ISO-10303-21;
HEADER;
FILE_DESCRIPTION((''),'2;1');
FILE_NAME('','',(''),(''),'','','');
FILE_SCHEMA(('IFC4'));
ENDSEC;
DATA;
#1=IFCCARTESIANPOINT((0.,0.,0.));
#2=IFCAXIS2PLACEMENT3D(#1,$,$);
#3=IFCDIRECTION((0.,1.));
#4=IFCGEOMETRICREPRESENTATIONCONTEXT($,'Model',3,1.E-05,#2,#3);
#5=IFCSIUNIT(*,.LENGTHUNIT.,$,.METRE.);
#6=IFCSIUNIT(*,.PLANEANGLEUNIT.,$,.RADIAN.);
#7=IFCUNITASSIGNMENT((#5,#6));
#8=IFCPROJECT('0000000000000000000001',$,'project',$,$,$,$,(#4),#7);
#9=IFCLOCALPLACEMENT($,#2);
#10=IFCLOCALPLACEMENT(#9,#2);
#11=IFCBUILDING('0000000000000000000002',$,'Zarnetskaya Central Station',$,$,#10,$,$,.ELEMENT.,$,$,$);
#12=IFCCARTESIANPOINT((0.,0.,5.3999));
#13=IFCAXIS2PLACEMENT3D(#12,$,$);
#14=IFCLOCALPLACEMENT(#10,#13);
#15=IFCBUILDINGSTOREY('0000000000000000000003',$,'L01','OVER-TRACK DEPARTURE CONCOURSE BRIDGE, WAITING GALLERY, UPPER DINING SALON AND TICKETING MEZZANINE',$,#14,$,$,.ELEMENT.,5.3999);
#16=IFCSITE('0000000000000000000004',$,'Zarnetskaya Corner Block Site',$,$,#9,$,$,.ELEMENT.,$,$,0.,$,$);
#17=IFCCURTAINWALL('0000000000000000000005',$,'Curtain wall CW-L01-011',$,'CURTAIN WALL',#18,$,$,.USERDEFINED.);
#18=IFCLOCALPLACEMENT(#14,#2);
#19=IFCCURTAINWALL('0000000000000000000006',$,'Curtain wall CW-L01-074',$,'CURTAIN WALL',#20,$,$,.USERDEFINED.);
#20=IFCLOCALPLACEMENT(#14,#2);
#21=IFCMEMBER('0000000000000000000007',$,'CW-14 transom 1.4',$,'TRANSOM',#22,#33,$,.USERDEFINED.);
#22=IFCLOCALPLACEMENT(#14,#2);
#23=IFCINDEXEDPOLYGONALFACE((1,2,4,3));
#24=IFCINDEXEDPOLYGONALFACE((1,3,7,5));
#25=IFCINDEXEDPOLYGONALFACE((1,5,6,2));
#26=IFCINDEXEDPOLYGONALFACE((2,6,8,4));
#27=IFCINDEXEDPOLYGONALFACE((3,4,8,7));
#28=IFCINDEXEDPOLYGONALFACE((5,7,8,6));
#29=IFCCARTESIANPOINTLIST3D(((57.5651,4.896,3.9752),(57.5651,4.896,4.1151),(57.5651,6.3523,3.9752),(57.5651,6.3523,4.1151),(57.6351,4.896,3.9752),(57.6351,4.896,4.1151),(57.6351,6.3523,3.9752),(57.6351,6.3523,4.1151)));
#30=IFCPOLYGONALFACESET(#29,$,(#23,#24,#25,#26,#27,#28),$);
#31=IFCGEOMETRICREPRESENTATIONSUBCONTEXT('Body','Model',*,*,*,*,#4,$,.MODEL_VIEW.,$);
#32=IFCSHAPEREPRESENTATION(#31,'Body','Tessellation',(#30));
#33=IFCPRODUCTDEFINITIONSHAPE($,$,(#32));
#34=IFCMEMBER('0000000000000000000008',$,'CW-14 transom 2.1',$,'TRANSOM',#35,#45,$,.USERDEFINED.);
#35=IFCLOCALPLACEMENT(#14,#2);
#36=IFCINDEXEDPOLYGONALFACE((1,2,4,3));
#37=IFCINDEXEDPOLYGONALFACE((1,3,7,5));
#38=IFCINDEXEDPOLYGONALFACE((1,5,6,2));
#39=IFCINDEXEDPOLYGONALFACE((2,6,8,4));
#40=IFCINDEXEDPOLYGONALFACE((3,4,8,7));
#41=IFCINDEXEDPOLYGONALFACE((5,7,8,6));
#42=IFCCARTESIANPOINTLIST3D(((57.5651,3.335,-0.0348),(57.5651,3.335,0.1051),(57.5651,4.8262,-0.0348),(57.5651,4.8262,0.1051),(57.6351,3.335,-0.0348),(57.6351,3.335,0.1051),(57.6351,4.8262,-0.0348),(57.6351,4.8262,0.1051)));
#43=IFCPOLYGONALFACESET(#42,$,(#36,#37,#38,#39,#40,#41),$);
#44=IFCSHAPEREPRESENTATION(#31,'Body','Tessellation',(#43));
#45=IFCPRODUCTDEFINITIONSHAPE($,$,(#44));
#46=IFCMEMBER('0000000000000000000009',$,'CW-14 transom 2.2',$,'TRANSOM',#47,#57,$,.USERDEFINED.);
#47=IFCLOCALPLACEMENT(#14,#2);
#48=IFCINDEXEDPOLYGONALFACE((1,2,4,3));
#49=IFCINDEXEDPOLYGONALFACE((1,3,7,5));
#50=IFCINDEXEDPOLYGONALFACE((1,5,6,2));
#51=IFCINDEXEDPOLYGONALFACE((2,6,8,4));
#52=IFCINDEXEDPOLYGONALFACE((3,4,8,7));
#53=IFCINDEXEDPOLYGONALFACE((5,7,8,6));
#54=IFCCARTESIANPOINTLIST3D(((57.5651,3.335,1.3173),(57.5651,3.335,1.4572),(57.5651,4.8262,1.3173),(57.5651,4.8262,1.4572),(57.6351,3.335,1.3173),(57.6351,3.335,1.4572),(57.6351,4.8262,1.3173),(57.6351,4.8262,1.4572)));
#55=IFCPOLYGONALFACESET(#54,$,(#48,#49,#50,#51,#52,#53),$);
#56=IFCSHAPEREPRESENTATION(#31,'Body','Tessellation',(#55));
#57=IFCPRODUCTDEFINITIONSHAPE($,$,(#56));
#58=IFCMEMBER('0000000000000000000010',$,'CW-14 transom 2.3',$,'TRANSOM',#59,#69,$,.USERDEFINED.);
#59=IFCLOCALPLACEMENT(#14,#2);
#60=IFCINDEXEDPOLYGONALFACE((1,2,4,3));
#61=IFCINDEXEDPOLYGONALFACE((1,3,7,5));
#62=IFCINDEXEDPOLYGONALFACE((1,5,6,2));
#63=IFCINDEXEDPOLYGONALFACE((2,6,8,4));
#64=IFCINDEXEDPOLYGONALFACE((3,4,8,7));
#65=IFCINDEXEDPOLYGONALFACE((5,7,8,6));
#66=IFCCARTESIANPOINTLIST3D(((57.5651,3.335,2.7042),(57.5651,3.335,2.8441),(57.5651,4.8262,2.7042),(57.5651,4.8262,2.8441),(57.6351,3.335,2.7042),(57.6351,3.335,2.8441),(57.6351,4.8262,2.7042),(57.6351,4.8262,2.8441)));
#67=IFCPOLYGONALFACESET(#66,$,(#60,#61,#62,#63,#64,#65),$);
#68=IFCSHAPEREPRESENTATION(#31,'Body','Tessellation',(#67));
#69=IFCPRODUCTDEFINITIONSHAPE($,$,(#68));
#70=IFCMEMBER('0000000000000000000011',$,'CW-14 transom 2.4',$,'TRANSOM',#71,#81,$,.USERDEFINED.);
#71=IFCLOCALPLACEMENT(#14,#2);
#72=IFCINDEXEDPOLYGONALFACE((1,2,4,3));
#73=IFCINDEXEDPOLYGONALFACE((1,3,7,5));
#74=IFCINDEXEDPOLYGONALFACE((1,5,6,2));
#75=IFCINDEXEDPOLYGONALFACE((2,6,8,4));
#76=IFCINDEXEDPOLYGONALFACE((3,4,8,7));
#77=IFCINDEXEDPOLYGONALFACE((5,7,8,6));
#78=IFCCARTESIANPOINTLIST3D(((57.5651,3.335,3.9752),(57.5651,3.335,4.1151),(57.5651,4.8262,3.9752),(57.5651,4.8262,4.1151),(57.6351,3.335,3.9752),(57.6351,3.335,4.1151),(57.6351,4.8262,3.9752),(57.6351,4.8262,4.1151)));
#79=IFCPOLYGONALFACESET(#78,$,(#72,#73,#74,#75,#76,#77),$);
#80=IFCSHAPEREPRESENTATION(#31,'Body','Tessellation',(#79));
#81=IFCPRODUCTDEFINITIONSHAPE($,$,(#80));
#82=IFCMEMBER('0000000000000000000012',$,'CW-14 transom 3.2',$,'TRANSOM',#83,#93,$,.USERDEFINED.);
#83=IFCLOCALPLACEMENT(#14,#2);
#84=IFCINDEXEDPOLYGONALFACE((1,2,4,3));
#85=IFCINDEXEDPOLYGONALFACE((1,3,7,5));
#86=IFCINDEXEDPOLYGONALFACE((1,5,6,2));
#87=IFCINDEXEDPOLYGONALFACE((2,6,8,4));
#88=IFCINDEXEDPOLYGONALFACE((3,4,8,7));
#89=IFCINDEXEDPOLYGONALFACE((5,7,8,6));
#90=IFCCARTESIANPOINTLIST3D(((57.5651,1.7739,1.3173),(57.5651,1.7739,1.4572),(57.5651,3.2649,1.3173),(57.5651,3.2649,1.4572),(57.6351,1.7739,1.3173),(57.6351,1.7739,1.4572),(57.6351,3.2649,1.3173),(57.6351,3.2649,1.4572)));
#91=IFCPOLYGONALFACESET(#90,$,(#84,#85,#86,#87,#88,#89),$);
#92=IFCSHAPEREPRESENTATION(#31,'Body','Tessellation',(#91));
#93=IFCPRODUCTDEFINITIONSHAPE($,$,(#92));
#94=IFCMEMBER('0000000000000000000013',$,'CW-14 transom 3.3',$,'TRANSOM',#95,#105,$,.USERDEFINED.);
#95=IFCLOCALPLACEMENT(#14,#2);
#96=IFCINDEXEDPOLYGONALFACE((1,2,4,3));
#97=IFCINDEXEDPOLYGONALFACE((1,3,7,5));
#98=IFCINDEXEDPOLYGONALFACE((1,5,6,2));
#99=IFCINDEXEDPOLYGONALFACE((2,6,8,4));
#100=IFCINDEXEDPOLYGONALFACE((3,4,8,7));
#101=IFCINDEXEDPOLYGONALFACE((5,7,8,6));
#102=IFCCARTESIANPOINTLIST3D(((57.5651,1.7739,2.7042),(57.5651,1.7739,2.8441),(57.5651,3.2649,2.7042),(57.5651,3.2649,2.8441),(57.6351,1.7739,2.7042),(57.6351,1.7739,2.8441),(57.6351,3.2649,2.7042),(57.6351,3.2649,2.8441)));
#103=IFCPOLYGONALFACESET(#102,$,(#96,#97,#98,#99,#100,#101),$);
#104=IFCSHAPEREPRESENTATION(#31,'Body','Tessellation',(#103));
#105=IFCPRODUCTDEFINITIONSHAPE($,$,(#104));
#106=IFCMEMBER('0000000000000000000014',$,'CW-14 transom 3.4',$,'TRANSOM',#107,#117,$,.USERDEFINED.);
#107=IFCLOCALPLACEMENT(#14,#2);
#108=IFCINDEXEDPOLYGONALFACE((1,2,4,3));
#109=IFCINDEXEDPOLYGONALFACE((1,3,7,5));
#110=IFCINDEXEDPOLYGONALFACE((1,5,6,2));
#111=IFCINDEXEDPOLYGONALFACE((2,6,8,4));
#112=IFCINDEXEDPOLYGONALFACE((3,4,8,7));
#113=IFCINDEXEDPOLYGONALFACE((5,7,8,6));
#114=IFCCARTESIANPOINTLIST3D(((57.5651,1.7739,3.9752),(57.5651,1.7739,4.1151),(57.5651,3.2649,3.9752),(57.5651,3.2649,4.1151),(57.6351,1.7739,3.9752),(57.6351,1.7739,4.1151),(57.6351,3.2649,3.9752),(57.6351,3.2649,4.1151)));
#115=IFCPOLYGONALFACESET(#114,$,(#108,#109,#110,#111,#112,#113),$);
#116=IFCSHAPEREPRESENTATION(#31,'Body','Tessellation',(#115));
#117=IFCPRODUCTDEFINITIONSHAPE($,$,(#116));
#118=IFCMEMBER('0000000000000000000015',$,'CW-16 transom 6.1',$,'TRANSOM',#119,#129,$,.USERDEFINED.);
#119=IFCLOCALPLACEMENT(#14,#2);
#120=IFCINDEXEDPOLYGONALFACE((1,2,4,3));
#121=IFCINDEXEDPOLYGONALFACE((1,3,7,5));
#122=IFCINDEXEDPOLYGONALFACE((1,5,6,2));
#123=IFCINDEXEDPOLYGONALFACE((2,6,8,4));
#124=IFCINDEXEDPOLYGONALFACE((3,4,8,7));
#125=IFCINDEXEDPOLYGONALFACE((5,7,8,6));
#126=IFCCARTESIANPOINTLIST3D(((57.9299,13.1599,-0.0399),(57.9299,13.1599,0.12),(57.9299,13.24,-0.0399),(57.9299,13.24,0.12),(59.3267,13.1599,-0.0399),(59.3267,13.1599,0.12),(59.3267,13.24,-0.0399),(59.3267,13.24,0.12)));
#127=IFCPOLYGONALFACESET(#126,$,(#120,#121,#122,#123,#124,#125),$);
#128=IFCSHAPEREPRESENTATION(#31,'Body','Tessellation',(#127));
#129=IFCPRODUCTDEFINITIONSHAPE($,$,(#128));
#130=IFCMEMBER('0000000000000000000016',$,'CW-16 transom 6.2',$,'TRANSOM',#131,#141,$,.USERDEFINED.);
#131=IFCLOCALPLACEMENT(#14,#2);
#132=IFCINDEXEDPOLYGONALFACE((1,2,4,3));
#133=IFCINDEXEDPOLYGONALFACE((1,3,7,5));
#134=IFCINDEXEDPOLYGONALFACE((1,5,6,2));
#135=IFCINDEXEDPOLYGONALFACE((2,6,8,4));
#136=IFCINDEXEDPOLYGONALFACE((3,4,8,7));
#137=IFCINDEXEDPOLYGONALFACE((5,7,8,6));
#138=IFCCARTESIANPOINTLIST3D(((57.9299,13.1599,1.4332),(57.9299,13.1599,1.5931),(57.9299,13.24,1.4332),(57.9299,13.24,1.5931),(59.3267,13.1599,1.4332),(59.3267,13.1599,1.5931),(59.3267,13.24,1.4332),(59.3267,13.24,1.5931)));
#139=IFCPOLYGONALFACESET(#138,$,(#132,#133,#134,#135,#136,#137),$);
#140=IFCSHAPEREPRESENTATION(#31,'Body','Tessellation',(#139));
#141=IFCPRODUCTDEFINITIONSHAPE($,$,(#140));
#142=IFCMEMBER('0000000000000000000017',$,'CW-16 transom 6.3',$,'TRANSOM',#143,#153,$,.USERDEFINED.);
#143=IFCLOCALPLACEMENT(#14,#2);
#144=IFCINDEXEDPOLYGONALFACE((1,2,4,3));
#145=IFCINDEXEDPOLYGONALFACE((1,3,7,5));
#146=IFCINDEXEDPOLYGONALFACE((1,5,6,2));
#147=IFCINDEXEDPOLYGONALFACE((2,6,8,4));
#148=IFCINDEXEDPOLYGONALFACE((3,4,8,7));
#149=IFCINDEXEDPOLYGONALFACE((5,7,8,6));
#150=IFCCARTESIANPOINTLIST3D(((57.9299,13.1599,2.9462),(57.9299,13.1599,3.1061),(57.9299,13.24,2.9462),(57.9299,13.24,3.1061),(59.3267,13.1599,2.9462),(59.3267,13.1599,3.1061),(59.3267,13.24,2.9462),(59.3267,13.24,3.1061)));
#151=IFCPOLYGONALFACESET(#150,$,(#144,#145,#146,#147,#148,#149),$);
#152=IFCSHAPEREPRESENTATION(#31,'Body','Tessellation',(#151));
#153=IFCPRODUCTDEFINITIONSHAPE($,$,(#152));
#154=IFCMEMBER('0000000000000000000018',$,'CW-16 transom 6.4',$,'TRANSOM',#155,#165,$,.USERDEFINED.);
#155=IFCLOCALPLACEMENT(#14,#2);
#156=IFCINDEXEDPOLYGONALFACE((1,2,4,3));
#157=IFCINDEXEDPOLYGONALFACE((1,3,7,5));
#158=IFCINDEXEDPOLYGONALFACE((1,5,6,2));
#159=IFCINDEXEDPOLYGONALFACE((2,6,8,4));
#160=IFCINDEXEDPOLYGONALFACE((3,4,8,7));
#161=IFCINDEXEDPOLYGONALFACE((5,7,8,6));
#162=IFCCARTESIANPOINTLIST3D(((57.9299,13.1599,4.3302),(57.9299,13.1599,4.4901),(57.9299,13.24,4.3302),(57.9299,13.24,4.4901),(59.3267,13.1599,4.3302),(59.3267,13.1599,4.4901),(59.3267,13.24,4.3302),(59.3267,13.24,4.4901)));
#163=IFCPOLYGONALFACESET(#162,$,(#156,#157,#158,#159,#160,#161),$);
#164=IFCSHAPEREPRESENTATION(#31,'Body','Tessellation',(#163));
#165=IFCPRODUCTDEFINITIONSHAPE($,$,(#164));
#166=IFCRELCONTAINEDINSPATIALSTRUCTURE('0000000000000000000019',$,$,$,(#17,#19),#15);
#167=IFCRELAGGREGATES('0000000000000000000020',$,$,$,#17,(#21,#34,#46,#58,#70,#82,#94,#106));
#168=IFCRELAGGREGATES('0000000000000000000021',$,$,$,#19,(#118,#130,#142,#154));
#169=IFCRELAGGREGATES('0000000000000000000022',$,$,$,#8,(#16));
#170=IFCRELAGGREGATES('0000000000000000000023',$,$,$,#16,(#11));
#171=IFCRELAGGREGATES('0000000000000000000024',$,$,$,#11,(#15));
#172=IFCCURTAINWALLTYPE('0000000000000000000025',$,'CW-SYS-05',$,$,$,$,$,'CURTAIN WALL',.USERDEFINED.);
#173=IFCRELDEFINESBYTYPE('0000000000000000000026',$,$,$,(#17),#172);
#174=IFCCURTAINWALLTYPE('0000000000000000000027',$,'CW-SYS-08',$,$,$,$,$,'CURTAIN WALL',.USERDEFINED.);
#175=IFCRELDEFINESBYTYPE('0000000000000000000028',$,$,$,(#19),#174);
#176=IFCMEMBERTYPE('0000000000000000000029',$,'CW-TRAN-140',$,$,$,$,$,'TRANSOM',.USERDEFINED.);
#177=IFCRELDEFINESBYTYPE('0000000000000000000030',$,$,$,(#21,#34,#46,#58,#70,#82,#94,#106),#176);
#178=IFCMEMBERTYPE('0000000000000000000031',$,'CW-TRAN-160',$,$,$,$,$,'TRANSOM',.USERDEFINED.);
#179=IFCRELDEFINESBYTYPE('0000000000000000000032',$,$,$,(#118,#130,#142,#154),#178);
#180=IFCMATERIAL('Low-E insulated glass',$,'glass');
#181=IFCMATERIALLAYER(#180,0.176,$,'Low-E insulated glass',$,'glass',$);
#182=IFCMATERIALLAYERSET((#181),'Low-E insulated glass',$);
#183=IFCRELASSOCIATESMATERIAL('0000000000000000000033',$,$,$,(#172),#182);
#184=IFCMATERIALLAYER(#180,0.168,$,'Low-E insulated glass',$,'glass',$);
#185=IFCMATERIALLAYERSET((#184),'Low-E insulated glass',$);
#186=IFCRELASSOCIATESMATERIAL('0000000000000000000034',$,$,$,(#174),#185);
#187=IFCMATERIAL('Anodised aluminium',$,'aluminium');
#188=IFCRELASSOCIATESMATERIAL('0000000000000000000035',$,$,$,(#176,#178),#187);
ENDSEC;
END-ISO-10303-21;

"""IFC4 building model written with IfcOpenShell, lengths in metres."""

from ifc_helpers import new_model, si_unit, direction, frame, origin, origin_2d, place, context, subcontext, project, spatial, rectangle, extrude, material, layer, layer_set, material_profile, profile_set, type_object, element, aggregate, save


model = new_model("IFC4")

# Units and contexts
model_context = context("Model", 3, precision=1e-05, world=origin(), true_north=direction((0.0, 1.0)))
body_context = subcontext(model_context, "Body", "Model", "MODEL_VIEW")
ifc_project = project(units=[si_unit("LENGTHUNIT", "METRE"), si_unit("PLANEANGLEUNIT", "RADIAN")], contexts=[model_context])

# Site, building, storey
site_placement = place(None, origin())
site = spatial("IfcSite", under=ifc_project, at=site_placement, Name="Zarnetskaya Corner Block Site", CompositionType="ELEMENT", RefElevation=0.0)
building_placement = place(site_placement, origin())
building = spatial("IfcBuilding", under=site, at=building_placement, Name="Zarnetskaya Central Station", CompositionType="ELEMENT")
storey_placement = place(building_placement, frame((0.0, 0.0, 5.3999)))
storey = spatial("IfcBuildingStorey", under=building, at=storey_placement, Name="L01", Description="OVER-TRACK DEPARTURE CONCOURSE BRIDGE, WAITING GALLERY, UPPER DINING SALON AND TICKETING MEZZANINE", CompositionType="ELEMENT", Elevation=5.3999)

# Curtain walls
ifc_material_1 = material(Name="Low-E insulated glass", Category="glass")
ifc_layer_1 = layer(ifc_material_1, 0.176, Name="Low-E insulated glass", Category="glass")
ifc_layer_set_1 = layer_set([ifc_layer_1], Name="Low-E insulated glass")
curtain_wall_type_1 = type_object("IfcCurtainWallType", Name="CW-SYS-05", ElementType="CURTAIN WALL", PredefinedType="USERDEFINED", material=ifc_layer_set_1)
curtain_wall_1_placement = place(storey_placement, origin())
curtain_wall_1 = element("IfcCurtainWall", 1, at=curtain_wall_1_placement, inside=storey, type_object=curtain_wall_type_1, Name="Curtain wall CW-L01-011", ObjectType="CURTAIN WALL", PredefinedType="USERDEFINED")
ifc_material_2 = material(Name="Anodised aluminium", Category="aluminium")
ifc_layer_2 = layer(ifc_material_1, 0.168, Name="Low-E insulated glass", Category="glass")
ifc_layer_set_2 = layer_set([ifc_layer_2], Name="Low-E insulated glass")
curtain_wall_type_2 = type_object("IfcCurtainWallType", Name="CW-SYS-08", ElementType="CURTAIN WALL", PredefinedType="USERDEFINED", material=ifc_layer_set_2)
curtain_wall_2_placement = place(storey_placement, origin())
curtain_wall_2 = element("IfcCurtainWall", 2, at=curtain_wall_2_placement, inside=storey, type_object=curtain_wall_type_2, Name="Curtain wall CW-L01-074", ObjectType="CURTAIN WALL", PredefinedType="USERDEFINED")

# Members
ifc_material_profile_1 = material_profile(ifc_material_2, rectangle(XDim=0.0701, YDim=0.1399, at=origin_2d()), Name="ALU TRAN 70x140")
ifc_profile_set_1 = profile_set([ifc_material_profile_1], Name="Anodised aluminium")
member_type_1 = type_object("IfcMemberType", Name="CW-TRAN-140", ElementType="TRANSOM", PredefinedType="USERDEFINED", material=ifc_profile_set_1)
member_1_placement = place(storey_placement, frame((57.6001, 6.3523, 4.0452), z_axis=(0.0, -1.0, 0.0), x_axis=(1.0, 0.0, 0.0)))
member_1 = element("IfcMember", 3, at=member_1_placement, type_object=member_type_1, Name="CW-14 transom 1.4", ObjectType="TRANSOM", PredefinedType="USERDEFINED", context=body_context, shape_type="SweptSolid", body=[
    extrude(rectangle(XDim=0.0701, YDim=0.1399, at=origin_2d()), origin(), (0.0, 0.0, 1.0), 1.4563),
])
member_2_placement = place(storey_placement, frame((57.6001, 4.8262, 0.0352), z_axis=(0.0, -1.0, 0.0), x_axis=(1.0, 0.0, 0.0)))
member_2 = element("IfcMember", 4, at=member_2_placement, type_object=member_type_1, Name="CW-14 transom 2.1", ObjectType="TRANSOM", PredefinedType="USERDEFINED", context=body_context, shape_type="SweptSolid", body=[
    extrude(rectangle(XDim=0.0701, YDim=0.1399, at=origin_2d()), origin(), (0.0, 0.0, 1.0), 1.4912),
])
member_3_placement = place(storey_placement, frame((57.6001, 4.8262, 1.3872), z_axis=(0.0, -1.0, 0.0), x_axis=(1.0, 0.0, 0.0)))
member_3 = element("IfcMember", 5, at=member_3_placement, type_object=member_type_1, Name="CW-14 transom 2.2", ObjectType="TRANSOM", PredefinedType="USERDEFINED", context=body_context, shape_type="SweptSolid", body=[
    extrude(rectangle(XDim=0.0701, YDim=0.1399, at=origin_2d()), origin(), (0.0, 0.0, 1.0), 1.4912),
])
member_4_placement = place(storey_placement, frame((57.6001, 4.8262, 2.7742), z_axis=(0.0, -1.0, 0.0), x_axis=(1.0, 0.0, 0.0)))
member_4 = element("IfcMember", 6, at=member_4_placement, type_object=member_type_1, Name="CW-14 transom 2.3", ObjectType="TRANSOM", PredefinedType="USERDEFINED", context=body_context, shape_type="SweptSolid", body=[
    extrude(rectangle(XDim=0.0701, YDim=0.1399, at=origin_2d()), origin(), (0.0, 0.0, 1.0), 1.4912),
])
member_5_placement = place(storey_placement, frame((57.6001, 4.8262, 4.0452), z_axis=(0.0, -1.0, 0.0), x_axis=(1.0, 0.0, 0.0)))
member_5 = element("IfcMember", 7, at=member_5_placement, type_object=member_type_1, Name="CW-14 transom 2.4", ObjectType="TRANSOM", PredefinedType="USERDEFINED", context=body_context, shape_type="SweptSolid", body=[
    extrude(rectangle(XDim=0.0701, YDim=0.1399, at=origin_2d()), origin(), (0.0, 0.0, 1.0), 1.4912),
])
member_6_placement = place(storey_placement, frame((57.6001, 3.2649, 1.3872), z_axis=(0.0, -1.0, 0.0), x_axis=(1.0, 0.0, 0.0)))
member_6 = element("IfcMember", 8, at=member_6_placement, type_object=member_type_1, Name="CW-14 transom 3.2", ObjectType="TRANSOM", PredefinedType="USERDEFINED", context=body_context, shape_type="SweptSolid", body=[
    extrude(rectangle(XDim=0.0701, YDim=0.1399, at=origin_2d()), origin(), (0.0, 0.0, 1.0), 1.491),
])
member_7_placement = place(storey_placement, frame((57.6001, 3.2649, 2.7742), z_axis=(0.0, -1.0, 0.0), x_axis=(1.0, 0.0, 0.0)))
member_7 = element("IfcMember", 9, at=member_7_placement, type_object=member_type_1, Name="CW-14 transom 3.3", ObjectType="TRANSOM", PredefinedType="USERDEFINED", context=body_context, shape_type="SweptSolid", body=[
    extrude(rectangle(XDim=0.0701, YDim=0.1399, at=origin_2d()), origin(), (0.0, 0.0, 1.0), 1.491),
])
member_8_placement = place(storey_placement, frame((57.6001, 3.2649, 4.0452), z_axis=(0.0, -1.0, 0.0), x_axis=(1.0, 0.0, 0.0)))
member_8 = element("IfcMember", 10, at=member_8_placement, type_object=member_type_1, Name="CW-14 transom 3.4", ObjectType="TRANSOM", PredefinedType="USERDEFINED", context=body_context, shape_type="SweptSolid", body=[
    extrude(rectangle(XDim=0.0701, YDim=0.1399, at=origin_2d()), origin(), (0.0, 0.0, 1.0), 1.491),
])
ifc_material_profile_2 = material_profile(ifc_material_2, rectangle(XDim=0.0801, YDim=0.1599, at=origin_2d()), Name="ALU TRAN 80x160")
ifc_profile_set_2 = profile_set([ifc_material_profile_2], Name="Anodised aluminium")
member_type_2 = type_object("IfcMemberType", Name="CW-TRAN-160", ElementType="TRANSOM", PredefinedType="USERDEFINED", material=ifc_profile_set_2)
member_9_placement = place(storey_placement, frame((59.3267, 13.2, 0.04), z_axis=(-1.0, 0.0, 0.0), x_axis=(0.0, -1.0, 0.0)))
member_9 = element("IfcMember", 11, at=member_9_placement, type_object=member_type_2, Name="CW-16 transom 6.1", ObjectType="TRANSOM", PredefinedType="USERDEFINED", context=body_context, shape_type="SweptSolid", body=[
    extrude(rectangle(XDim=0.0801, YDim=0.1599, at=origin_2d()), origin(), (0.0, 0.0, 1.0), 1.3967),
])
member_10_placement = place(storey_placement, frame((59.3267, 13.2, 1.5132), z_axis=(-1.0, 0.0, 0.0), x_axis=(0.0, -1.0, 0.0)))
member_10 = element("IfcMember", 12, at=member_10_placement, type_object=member_type_2, Name="CW-16 transom 6.2", ObjectType="TRANSOM", PredefinedType="USERDEFINED", context=body_context, shape_type="SweptSolid", body=[
    extrude(rectangle(XDim=0.0801, YDim=0.1599, at=origin_2d()), origin(), (0.0, 0.0, 1.0), 1.3967),
])
member_11_placement = place(storey_placement, frame((59.3267, 13.2, 3.0261), z_axis=(-1.0, 0.0, 0.0), x_axis=(0.0, -1.0, 0.0)))
member_11 = element("IfcMember", 13, at=member_11_placement, type_object=member_type_2, Name="CW-16 transom 6.3", ObjectType="TRANSOM", PredefinedType="USERDEFINED", context=body_context, shape_type="SweptSolid", body=[
    extrude(rectangle(XDim=0.0801, YDim=0.1599, at=origin_2d()), origin(), (0.0, 0.0, 1.0), 1.3967),
])
member_12_placement = place(storey_placement, frame((59.3267, 13.2, 4.4102), z_axis=(-1.0, 0.0, 0.0), x_axis=(0.0, -1.0, 0.0)))
member_12 = element("IfcMember", 14, at=member_12_placement, type_object=member_type_2, Name="CW-16 transom 6.4", ObjectType="TRANSOM", PredefinedType="USERDEFINED", context=body_context, shape_type="SweptSolid", body=[
    extrude(rectangle(XDim=0.0801, YDim=0.1599, at=origin_2d()), origin(), (0.0, 0.0, 1.0), 1.3967),
])

aggregate(curtain_wall_1, [member_1, member_2, member_3, member_4, member_5, member_6, member_7, member_8])
aggregate(curtain_wall_2, [member_9, member_10, member_11, member_12])

save(model, "model.ifc")
